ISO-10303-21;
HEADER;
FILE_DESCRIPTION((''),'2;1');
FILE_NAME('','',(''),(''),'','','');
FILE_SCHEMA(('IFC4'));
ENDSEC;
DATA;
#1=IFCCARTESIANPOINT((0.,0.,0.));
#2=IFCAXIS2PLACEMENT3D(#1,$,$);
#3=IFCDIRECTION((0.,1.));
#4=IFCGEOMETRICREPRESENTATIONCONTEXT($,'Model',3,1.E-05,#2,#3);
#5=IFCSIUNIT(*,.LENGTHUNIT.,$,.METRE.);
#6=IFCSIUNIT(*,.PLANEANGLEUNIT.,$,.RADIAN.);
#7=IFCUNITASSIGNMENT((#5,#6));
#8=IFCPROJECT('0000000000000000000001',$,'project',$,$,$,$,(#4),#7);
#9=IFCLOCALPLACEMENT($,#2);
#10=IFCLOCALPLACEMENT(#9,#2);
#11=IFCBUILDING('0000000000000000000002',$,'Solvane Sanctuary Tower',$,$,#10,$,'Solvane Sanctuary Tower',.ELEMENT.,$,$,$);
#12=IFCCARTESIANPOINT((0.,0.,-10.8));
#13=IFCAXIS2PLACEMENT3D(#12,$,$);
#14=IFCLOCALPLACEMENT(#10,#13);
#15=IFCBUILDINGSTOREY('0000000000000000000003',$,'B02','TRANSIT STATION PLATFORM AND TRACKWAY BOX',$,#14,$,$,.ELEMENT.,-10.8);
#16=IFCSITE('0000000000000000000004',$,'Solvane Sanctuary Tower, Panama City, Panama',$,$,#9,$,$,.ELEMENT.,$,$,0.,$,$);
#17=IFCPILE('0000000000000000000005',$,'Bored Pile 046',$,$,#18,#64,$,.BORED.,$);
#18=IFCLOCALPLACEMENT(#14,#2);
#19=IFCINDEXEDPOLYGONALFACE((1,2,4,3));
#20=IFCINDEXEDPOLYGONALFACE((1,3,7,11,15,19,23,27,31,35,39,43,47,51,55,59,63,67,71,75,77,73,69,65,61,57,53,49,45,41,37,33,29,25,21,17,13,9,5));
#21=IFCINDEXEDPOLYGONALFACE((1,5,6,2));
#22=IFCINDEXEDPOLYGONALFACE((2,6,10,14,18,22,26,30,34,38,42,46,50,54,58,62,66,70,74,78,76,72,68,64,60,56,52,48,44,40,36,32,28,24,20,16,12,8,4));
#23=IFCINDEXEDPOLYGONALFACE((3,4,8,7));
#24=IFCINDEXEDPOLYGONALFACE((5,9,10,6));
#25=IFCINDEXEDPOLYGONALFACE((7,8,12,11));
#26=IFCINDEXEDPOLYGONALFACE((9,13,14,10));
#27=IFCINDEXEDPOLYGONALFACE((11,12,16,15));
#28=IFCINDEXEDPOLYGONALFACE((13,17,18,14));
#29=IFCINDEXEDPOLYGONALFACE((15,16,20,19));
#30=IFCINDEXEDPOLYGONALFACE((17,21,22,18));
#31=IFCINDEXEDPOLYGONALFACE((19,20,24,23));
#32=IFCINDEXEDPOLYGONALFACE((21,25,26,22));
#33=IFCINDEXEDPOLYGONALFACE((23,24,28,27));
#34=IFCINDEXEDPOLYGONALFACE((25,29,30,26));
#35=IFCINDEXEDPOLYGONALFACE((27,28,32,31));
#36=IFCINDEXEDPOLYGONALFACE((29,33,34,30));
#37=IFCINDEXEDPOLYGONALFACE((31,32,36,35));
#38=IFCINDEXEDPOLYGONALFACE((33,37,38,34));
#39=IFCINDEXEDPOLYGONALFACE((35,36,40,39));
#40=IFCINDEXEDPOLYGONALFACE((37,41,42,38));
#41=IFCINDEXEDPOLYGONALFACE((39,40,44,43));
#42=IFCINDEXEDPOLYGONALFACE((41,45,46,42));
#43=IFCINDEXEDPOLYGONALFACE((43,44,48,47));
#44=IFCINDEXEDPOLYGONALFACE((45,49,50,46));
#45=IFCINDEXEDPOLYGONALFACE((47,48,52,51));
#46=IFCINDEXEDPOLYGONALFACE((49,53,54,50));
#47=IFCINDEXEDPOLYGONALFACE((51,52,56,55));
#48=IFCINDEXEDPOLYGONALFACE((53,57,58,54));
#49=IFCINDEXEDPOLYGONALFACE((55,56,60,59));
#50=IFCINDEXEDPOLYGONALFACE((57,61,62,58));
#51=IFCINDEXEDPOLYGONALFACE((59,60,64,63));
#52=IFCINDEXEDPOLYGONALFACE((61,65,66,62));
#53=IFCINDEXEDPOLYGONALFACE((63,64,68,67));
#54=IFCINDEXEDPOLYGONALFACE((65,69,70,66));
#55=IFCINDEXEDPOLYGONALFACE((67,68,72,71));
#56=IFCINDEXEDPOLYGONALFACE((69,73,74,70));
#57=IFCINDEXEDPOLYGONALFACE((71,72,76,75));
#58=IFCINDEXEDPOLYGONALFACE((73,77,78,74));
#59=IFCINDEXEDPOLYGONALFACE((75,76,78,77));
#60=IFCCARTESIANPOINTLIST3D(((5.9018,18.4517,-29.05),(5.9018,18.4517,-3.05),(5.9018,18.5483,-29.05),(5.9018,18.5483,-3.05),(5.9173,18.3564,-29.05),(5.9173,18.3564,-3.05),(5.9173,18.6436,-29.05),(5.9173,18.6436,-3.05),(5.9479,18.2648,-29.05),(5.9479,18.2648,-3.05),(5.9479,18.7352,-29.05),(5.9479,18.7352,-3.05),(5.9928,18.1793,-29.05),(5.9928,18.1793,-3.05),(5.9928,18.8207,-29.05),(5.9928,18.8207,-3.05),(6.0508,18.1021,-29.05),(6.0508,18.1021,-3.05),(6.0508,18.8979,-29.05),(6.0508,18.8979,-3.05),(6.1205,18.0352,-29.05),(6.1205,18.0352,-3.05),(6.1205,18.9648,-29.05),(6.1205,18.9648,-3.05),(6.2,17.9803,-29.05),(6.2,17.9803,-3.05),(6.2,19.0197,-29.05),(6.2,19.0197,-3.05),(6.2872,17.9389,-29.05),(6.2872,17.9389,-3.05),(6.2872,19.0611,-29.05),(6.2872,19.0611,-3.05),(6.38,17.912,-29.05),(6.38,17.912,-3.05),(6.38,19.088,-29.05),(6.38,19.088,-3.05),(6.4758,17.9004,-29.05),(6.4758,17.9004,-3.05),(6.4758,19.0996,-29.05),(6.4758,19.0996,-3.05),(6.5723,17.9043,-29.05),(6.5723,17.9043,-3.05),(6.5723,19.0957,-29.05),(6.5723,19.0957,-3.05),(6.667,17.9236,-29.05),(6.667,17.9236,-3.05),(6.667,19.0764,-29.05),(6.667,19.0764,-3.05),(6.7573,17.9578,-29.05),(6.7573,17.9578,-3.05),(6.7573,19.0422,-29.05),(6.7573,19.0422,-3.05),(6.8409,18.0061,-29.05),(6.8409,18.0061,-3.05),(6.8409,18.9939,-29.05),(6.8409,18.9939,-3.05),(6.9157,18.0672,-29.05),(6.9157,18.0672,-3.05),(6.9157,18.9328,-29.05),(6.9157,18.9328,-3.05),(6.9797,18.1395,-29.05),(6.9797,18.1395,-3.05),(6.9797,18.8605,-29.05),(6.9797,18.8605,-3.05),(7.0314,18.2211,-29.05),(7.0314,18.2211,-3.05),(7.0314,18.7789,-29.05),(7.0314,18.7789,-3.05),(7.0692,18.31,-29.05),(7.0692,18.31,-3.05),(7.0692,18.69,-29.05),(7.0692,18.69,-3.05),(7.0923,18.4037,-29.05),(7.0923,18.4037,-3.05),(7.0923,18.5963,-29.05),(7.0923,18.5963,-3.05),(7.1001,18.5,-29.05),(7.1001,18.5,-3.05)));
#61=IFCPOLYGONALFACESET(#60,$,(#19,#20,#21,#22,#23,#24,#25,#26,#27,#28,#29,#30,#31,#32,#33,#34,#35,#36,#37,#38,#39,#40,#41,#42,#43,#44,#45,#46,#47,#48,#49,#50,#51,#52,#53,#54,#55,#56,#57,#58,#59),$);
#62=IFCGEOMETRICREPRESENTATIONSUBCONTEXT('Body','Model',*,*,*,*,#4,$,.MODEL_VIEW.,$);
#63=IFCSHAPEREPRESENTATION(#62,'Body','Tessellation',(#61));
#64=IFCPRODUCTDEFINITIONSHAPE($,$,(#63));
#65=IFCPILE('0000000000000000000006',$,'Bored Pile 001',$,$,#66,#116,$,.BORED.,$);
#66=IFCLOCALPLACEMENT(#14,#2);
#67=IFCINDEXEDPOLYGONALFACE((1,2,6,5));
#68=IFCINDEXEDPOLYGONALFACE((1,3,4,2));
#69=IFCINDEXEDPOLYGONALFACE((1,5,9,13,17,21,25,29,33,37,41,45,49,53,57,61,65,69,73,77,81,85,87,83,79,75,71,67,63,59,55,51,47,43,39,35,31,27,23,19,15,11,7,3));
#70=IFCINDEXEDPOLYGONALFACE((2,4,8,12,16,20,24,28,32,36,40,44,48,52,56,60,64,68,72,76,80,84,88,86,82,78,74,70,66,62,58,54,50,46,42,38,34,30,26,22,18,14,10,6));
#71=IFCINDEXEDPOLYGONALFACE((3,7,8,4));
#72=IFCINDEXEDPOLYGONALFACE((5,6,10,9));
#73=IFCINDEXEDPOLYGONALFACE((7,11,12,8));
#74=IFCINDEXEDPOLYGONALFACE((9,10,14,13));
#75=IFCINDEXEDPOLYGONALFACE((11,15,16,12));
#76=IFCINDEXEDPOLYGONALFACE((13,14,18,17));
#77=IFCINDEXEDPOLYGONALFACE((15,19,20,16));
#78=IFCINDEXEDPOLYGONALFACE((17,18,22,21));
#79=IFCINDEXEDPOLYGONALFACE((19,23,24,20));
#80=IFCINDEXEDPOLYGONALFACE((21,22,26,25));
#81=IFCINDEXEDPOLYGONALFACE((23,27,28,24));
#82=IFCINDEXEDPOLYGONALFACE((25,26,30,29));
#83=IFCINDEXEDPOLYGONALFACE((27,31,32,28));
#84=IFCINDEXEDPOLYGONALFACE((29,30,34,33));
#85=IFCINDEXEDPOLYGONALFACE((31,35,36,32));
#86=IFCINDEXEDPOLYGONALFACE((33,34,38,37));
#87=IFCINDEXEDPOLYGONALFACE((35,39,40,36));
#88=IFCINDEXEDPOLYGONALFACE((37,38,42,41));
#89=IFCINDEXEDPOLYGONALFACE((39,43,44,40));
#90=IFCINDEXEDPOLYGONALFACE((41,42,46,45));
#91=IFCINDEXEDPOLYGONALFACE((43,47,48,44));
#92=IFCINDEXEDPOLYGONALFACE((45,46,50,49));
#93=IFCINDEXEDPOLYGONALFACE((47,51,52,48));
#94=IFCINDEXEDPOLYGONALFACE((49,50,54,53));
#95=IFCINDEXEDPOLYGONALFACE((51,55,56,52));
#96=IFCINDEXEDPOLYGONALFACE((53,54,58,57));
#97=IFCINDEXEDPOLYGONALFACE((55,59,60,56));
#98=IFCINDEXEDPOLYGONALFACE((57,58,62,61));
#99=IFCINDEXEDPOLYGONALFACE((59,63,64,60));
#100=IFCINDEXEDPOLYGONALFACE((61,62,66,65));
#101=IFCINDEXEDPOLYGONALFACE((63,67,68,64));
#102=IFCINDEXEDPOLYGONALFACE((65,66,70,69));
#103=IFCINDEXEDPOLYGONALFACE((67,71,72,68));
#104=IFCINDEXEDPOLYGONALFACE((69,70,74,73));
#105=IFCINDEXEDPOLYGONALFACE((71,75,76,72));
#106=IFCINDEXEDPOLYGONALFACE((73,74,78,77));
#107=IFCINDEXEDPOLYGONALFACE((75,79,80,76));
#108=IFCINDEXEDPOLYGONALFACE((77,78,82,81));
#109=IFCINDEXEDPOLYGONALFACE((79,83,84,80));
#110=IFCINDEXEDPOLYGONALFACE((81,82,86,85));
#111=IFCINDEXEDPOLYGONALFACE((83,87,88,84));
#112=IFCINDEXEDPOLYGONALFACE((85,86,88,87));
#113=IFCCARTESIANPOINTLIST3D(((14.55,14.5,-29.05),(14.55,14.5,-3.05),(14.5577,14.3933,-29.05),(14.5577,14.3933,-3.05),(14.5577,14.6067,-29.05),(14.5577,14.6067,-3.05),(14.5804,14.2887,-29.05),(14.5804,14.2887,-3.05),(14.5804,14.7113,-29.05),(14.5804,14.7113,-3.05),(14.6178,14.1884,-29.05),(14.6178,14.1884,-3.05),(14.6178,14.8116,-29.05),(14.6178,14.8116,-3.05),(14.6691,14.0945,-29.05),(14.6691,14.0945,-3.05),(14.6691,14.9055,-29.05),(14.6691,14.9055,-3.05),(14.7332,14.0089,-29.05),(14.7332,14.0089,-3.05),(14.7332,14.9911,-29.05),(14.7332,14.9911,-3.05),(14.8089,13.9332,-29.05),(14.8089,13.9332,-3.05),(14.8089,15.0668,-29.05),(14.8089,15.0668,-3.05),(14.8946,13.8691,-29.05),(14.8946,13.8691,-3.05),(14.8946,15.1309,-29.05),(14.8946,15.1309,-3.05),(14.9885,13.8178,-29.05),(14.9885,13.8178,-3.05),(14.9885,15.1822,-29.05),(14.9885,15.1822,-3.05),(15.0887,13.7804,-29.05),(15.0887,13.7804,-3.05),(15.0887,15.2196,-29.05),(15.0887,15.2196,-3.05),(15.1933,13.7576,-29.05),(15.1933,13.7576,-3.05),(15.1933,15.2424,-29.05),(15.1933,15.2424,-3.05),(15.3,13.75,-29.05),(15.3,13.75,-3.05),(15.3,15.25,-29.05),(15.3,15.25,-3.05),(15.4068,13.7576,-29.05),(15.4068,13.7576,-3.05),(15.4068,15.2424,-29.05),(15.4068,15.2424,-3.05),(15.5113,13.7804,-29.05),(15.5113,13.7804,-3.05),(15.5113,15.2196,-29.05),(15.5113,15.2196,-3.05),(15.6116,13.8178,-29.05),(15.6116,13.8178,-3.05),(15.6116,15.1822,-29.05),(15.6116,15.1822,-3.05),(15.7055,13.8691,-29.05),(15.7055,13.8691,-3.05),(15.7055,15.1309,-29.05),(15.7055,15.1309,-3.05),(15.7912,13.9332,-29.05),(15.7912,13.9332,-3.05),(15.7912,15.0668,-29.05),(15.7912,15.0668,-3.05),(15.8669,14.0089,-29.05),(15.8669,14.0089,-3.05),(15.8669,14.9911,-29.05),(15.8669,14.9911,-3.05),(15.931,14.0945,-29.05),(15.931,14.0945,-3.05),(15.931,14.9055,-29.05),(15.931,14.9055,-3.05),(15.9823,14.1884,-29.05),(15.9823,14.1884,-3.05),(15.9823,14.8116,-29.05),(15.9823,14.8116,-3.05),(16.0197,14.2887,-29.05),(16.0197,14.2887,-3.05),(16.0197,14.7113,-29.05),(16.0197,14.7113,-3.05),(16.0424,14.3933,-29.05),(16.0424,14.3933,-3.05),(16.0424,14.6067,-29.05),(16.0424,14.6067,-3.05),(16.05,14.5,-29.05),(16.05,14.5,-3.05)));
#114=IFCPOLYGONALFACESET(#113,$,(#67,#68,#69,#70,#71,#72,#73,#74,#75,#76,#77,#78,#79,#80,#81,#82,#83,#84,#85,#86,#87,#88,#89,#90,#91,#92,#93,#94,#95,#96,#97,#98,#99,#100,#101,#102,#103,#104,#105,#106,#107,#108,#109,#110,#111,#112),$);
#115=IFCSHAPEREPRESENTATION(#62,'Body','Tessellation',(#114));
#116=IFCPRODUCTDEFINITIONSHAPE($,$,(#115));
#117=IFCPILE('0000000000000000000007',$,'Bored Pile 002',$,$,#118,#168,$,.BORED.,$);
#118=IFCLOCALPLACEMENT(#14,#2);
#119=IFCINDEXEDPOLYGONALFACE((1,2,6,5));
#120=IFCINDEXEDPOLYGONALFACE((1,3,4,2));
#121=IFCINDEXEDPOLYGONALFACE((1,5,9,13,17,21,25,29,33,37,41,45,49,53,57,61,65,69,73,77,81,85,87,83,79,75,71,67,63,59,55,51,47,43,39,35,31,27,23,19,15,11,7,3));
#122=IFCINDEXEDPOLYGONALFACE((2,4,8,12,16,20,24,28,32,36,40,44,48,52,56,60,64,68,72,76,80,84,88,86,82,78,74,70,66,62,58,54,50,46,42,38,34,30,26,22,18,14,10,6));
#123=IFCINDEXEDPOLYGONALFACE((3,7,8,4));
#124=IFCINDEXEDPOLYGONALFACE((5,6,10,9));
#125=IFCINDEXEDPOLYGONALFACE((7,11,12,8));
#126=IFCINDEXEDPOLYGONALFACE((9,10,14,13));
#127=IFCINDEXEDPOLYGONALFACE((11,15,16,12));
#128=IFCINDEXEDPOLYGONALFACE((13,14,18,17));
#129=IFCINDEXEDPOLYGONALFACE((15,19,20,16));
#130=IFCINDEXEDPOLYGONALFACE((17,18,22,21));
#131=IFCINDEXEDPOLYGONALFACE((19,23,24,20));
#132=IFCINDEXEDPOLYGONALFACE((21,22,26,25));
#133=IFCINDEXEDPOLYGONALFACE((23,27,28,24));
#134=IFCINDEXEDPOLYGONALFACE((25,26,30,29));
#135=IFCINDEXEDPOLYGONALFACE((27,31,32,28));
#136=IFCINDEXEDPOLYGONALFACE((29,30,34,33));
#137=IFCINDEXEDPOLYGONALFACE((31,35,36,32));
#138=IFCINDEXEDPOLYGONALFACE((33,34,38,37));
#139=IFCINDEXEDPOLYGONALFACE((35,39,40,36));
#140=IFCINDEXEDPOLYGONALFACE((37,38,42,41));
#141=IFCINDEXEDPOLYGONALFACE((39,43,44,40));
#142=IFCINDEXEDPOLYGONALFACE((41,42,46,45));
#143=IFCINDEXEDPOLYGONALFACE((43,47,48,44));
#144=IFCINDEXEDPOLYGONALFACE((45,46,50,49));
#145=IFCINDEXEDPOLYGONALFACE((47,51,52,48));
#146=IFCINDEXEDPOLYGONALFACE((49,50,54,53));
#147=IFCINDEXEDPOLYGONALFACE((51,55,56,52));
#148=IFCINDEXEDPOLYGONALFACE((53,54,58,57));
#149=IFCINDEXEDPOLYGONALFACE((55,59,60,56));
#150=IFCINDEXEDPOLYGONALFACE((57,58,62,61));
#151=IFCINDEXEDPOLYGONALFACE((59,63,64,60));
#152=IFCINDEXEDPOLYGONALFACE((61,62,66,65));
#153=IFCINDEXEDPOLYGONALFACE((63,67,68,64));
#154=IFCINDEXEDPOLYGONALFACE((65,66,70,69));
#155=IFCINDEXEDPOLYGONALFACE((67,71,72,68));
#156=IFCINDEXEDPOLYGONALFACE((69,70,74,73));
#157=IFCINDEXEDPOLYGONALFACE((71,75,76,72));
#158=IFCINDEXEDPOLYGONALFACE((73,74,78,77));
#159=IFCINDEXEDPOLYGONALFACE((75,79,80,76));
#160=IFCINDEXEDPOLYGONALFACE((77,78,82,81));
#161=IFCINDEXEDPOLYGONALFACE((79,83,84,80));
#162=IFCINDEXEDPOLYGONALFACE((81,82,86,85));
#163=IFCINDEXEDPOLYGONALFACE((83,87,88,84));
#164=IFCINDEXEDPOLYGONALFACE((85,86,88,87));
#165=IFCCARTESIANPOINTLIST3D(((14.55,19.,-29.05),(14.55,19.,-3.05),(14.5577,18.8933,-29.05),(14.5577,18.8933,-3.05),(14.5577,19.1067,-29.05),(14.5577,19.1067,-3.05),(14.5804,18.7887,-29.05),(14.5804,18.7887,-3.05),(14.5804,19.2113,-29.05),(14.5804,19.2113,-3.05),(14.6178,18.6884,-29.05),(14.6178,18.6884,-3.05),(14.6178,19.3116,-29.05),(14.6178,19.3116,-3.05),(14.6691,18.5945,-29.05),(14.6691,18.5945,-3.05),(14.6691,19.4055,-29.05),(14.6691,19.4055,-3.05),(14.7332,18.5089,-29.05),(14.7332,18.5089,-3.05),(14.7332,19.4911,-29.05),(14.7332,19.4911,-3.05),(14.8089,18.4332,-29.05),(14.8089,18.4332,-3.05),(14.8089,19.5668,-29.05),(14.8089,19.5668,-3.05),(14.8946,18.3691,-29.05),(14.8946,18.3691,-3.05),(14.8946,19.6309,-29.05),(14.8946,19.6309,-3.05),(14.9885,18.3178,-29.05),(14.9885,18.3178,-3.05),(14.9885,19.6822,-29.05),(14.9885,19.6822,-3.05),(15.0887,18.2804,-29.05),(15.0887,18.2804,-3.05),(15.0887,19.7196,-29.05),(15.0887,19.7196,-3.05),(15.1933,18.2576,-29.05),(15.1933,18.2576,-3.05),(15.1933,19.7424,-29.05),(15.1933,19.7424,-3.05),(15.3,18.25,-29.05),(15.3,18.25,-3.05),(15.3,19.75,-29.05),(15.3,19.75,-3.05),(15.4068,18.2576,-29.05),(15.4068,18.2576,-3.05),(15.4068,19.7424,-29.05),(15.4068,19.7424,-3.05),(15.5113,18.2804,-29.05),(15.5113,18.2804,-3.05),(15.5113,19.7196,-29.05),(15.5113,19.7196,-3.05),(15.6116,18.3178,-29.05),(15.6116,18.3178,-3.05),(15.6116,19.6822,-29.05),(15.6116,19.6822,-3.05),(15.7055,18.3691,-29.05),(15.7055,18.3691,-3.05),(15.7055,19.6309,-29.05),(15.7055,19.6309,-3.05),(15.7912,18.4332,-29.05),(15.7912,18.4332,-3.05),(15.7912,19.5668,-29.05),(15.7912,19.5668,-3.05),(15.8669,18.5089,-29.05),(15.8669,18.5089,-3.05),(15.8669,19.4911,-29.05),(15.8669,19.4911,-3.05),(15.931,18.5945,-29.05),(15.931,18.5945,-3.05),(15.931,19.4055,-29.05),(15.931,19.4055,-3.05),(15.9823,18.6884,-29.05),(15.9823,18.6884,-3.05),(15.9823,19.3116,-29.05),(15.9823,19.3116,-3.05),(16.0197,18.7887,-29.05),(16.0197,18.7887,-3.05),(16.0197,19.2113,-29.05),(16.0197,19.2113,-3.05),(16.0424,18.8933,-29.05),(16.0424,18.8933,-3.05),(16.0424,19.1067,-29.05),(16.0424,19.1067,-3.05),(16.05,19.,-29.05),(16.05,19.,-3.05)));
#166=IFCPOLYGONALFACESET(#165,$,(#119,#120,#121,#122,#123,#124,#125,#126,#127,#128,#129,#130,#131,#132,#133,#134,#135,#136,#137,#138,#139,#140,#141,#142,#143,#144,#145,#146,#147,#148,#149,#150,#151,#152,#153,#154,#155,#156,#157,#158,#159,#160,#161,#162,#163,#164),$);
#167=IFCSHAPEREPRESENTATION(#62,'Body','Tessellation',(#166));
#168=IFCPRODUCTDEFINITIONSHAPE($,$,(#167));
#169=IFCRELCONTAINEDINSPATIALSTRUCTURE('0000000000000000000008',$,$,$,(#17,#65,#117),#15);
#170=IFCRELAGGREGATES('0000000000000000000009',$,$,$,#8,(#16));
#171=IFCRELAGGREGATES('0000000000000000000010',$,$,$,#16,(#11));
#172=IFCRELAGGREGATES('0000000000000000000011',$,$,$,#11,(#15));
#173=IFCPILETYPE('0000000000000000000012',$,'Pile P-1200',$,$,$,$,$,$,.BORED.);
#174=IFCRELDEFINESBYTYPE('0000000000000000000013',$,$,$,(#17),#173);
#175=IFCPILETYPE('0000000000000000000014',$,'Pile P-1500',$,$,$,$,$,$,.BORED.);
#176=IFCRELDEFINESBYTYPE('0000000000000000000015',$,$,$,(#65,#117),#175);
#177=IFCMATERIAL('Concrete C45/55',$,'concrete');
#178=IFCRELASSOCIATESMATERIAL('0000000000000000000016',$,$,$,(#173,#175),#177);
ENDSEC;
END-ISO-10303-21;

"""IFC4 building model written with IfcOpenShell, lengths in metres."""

from ifc_helpers import new_model, si_unit, direction, frame, origin, origin_2d, place, context, subcontext, project, spatial, circle, extrude, material, material_profile, profile_set, type_object, element, save


model = new_model("IFC4")

# Units and contexts
model_context = context("Model", 3, precision=1e-05, world=origin(), true_north=direction((0.0, 1.0)))
body_context = subcontext(model_context, "Body", "Model", "MODEL_VIEW")
ifc_project = project(units=[si_unit("LENGTHUNIT", "METRE"), si_unit("PLANEANGLEUNIT", "RADIAN")], contexts=[model_context])

# Site, building, storey
site_placement = place(None, origin())
site = spatial("IfcSite", under=ifc_project, at=site_placement, Name="Solvane Sanctuary Tower, Panama City, Panama", CompositionType="ELEMENT", RefElevation=0.0)
building_placement = place(site_placement, origin())
building = spatial("IfcBuilding", under=site, at=building_placement, Name="Solvane Sanctuary Tower", LongName="Solvane Sanctuary Tower", CompositionType="ELEMENT")
storey_placement = place(building_placement, frame((0.0, 0.0, -10.8)))
storey = spatial("IfcBuildingStorey", under=building, at=storey_placement, Name="B02", Description="TRANSIT STATION PLATFORM AND TRACKWAY BOX", CompositionType="ELEMENT", Elevation=-10.8)

# Piles
ifc_material_1 = material(Name="Concrete C45/55", Category="concrete")
ifc_material_profile_1 = material_profile(ifc_material_1, circle(Radius=0.6001, at=origin_2d()), Name="PILE1200")
ifc_profile_set_1 = profile_set([ifc_material_profile_1], Name="Concrete C45/55")
pile_type_1 = type_object("IfcPileType", Name="Pile P-1200", PredefinedType="BORED", material=ifc_profile_set_1)
pile_placement = place(storey_placement, frame((6.5, 18.5, -3.05), z_axis=(0.0, 0.0, -1.0), x_axis=(1.0, 0.0, 0.0)))
element("IfcPile", 1, at=pile_placement, inside=storey, type_object=pile_type_1, Name="Bored Pile 046", PredefinedType="BORED", context=body_context, shape_type="SweptSolid", body=[
    extrude(circle(Radius=0.6001, at=origin_2d()), origin(), (0.0, 0.0, 1.0), 26.0),
])
ifc_material_profile_2 = material_profile(ifc_material_1, circle(Radius=0.75, at=origin_2d()), Name="PILE1500")
ifc_profile_set_2 = profile_set([ifc_material_profile_2], Name="Concrete C45/55")
pile_type_2 = type_object("IfcPileType", Name="Pile P-1500", PredefinedType="BORED", material=ifc_profile_set_2)
for number, where, z_axis, x_axis, name in (
    (2, (15.3, 14.5, -3.05), (0.0, 0.0, -1.0), (1.0, 0.0, 0.0), "Bored Pile 001"),
    (3, (15.3, 19.0, -3.05), (0.0, 0.0, -1.0), (1.0, 0.0, 0.0), "Bored Pile 002"),
):
    element("IfcPile", number, at=place(storey_placement, frame(where, z_axis=z_axis, x_axis=x_axis)), inside=storey, type_object=pile_type_2, Name=name, PredefinedType="BORED", context=body_context, shape_type="SweptSolid", body=[
        extrude(circle(Radius=0.75, at=origin_2d()), origin(), (0.0, 0.0, 1.0), 26.0),
    ])

save(model, "model.ifc")
